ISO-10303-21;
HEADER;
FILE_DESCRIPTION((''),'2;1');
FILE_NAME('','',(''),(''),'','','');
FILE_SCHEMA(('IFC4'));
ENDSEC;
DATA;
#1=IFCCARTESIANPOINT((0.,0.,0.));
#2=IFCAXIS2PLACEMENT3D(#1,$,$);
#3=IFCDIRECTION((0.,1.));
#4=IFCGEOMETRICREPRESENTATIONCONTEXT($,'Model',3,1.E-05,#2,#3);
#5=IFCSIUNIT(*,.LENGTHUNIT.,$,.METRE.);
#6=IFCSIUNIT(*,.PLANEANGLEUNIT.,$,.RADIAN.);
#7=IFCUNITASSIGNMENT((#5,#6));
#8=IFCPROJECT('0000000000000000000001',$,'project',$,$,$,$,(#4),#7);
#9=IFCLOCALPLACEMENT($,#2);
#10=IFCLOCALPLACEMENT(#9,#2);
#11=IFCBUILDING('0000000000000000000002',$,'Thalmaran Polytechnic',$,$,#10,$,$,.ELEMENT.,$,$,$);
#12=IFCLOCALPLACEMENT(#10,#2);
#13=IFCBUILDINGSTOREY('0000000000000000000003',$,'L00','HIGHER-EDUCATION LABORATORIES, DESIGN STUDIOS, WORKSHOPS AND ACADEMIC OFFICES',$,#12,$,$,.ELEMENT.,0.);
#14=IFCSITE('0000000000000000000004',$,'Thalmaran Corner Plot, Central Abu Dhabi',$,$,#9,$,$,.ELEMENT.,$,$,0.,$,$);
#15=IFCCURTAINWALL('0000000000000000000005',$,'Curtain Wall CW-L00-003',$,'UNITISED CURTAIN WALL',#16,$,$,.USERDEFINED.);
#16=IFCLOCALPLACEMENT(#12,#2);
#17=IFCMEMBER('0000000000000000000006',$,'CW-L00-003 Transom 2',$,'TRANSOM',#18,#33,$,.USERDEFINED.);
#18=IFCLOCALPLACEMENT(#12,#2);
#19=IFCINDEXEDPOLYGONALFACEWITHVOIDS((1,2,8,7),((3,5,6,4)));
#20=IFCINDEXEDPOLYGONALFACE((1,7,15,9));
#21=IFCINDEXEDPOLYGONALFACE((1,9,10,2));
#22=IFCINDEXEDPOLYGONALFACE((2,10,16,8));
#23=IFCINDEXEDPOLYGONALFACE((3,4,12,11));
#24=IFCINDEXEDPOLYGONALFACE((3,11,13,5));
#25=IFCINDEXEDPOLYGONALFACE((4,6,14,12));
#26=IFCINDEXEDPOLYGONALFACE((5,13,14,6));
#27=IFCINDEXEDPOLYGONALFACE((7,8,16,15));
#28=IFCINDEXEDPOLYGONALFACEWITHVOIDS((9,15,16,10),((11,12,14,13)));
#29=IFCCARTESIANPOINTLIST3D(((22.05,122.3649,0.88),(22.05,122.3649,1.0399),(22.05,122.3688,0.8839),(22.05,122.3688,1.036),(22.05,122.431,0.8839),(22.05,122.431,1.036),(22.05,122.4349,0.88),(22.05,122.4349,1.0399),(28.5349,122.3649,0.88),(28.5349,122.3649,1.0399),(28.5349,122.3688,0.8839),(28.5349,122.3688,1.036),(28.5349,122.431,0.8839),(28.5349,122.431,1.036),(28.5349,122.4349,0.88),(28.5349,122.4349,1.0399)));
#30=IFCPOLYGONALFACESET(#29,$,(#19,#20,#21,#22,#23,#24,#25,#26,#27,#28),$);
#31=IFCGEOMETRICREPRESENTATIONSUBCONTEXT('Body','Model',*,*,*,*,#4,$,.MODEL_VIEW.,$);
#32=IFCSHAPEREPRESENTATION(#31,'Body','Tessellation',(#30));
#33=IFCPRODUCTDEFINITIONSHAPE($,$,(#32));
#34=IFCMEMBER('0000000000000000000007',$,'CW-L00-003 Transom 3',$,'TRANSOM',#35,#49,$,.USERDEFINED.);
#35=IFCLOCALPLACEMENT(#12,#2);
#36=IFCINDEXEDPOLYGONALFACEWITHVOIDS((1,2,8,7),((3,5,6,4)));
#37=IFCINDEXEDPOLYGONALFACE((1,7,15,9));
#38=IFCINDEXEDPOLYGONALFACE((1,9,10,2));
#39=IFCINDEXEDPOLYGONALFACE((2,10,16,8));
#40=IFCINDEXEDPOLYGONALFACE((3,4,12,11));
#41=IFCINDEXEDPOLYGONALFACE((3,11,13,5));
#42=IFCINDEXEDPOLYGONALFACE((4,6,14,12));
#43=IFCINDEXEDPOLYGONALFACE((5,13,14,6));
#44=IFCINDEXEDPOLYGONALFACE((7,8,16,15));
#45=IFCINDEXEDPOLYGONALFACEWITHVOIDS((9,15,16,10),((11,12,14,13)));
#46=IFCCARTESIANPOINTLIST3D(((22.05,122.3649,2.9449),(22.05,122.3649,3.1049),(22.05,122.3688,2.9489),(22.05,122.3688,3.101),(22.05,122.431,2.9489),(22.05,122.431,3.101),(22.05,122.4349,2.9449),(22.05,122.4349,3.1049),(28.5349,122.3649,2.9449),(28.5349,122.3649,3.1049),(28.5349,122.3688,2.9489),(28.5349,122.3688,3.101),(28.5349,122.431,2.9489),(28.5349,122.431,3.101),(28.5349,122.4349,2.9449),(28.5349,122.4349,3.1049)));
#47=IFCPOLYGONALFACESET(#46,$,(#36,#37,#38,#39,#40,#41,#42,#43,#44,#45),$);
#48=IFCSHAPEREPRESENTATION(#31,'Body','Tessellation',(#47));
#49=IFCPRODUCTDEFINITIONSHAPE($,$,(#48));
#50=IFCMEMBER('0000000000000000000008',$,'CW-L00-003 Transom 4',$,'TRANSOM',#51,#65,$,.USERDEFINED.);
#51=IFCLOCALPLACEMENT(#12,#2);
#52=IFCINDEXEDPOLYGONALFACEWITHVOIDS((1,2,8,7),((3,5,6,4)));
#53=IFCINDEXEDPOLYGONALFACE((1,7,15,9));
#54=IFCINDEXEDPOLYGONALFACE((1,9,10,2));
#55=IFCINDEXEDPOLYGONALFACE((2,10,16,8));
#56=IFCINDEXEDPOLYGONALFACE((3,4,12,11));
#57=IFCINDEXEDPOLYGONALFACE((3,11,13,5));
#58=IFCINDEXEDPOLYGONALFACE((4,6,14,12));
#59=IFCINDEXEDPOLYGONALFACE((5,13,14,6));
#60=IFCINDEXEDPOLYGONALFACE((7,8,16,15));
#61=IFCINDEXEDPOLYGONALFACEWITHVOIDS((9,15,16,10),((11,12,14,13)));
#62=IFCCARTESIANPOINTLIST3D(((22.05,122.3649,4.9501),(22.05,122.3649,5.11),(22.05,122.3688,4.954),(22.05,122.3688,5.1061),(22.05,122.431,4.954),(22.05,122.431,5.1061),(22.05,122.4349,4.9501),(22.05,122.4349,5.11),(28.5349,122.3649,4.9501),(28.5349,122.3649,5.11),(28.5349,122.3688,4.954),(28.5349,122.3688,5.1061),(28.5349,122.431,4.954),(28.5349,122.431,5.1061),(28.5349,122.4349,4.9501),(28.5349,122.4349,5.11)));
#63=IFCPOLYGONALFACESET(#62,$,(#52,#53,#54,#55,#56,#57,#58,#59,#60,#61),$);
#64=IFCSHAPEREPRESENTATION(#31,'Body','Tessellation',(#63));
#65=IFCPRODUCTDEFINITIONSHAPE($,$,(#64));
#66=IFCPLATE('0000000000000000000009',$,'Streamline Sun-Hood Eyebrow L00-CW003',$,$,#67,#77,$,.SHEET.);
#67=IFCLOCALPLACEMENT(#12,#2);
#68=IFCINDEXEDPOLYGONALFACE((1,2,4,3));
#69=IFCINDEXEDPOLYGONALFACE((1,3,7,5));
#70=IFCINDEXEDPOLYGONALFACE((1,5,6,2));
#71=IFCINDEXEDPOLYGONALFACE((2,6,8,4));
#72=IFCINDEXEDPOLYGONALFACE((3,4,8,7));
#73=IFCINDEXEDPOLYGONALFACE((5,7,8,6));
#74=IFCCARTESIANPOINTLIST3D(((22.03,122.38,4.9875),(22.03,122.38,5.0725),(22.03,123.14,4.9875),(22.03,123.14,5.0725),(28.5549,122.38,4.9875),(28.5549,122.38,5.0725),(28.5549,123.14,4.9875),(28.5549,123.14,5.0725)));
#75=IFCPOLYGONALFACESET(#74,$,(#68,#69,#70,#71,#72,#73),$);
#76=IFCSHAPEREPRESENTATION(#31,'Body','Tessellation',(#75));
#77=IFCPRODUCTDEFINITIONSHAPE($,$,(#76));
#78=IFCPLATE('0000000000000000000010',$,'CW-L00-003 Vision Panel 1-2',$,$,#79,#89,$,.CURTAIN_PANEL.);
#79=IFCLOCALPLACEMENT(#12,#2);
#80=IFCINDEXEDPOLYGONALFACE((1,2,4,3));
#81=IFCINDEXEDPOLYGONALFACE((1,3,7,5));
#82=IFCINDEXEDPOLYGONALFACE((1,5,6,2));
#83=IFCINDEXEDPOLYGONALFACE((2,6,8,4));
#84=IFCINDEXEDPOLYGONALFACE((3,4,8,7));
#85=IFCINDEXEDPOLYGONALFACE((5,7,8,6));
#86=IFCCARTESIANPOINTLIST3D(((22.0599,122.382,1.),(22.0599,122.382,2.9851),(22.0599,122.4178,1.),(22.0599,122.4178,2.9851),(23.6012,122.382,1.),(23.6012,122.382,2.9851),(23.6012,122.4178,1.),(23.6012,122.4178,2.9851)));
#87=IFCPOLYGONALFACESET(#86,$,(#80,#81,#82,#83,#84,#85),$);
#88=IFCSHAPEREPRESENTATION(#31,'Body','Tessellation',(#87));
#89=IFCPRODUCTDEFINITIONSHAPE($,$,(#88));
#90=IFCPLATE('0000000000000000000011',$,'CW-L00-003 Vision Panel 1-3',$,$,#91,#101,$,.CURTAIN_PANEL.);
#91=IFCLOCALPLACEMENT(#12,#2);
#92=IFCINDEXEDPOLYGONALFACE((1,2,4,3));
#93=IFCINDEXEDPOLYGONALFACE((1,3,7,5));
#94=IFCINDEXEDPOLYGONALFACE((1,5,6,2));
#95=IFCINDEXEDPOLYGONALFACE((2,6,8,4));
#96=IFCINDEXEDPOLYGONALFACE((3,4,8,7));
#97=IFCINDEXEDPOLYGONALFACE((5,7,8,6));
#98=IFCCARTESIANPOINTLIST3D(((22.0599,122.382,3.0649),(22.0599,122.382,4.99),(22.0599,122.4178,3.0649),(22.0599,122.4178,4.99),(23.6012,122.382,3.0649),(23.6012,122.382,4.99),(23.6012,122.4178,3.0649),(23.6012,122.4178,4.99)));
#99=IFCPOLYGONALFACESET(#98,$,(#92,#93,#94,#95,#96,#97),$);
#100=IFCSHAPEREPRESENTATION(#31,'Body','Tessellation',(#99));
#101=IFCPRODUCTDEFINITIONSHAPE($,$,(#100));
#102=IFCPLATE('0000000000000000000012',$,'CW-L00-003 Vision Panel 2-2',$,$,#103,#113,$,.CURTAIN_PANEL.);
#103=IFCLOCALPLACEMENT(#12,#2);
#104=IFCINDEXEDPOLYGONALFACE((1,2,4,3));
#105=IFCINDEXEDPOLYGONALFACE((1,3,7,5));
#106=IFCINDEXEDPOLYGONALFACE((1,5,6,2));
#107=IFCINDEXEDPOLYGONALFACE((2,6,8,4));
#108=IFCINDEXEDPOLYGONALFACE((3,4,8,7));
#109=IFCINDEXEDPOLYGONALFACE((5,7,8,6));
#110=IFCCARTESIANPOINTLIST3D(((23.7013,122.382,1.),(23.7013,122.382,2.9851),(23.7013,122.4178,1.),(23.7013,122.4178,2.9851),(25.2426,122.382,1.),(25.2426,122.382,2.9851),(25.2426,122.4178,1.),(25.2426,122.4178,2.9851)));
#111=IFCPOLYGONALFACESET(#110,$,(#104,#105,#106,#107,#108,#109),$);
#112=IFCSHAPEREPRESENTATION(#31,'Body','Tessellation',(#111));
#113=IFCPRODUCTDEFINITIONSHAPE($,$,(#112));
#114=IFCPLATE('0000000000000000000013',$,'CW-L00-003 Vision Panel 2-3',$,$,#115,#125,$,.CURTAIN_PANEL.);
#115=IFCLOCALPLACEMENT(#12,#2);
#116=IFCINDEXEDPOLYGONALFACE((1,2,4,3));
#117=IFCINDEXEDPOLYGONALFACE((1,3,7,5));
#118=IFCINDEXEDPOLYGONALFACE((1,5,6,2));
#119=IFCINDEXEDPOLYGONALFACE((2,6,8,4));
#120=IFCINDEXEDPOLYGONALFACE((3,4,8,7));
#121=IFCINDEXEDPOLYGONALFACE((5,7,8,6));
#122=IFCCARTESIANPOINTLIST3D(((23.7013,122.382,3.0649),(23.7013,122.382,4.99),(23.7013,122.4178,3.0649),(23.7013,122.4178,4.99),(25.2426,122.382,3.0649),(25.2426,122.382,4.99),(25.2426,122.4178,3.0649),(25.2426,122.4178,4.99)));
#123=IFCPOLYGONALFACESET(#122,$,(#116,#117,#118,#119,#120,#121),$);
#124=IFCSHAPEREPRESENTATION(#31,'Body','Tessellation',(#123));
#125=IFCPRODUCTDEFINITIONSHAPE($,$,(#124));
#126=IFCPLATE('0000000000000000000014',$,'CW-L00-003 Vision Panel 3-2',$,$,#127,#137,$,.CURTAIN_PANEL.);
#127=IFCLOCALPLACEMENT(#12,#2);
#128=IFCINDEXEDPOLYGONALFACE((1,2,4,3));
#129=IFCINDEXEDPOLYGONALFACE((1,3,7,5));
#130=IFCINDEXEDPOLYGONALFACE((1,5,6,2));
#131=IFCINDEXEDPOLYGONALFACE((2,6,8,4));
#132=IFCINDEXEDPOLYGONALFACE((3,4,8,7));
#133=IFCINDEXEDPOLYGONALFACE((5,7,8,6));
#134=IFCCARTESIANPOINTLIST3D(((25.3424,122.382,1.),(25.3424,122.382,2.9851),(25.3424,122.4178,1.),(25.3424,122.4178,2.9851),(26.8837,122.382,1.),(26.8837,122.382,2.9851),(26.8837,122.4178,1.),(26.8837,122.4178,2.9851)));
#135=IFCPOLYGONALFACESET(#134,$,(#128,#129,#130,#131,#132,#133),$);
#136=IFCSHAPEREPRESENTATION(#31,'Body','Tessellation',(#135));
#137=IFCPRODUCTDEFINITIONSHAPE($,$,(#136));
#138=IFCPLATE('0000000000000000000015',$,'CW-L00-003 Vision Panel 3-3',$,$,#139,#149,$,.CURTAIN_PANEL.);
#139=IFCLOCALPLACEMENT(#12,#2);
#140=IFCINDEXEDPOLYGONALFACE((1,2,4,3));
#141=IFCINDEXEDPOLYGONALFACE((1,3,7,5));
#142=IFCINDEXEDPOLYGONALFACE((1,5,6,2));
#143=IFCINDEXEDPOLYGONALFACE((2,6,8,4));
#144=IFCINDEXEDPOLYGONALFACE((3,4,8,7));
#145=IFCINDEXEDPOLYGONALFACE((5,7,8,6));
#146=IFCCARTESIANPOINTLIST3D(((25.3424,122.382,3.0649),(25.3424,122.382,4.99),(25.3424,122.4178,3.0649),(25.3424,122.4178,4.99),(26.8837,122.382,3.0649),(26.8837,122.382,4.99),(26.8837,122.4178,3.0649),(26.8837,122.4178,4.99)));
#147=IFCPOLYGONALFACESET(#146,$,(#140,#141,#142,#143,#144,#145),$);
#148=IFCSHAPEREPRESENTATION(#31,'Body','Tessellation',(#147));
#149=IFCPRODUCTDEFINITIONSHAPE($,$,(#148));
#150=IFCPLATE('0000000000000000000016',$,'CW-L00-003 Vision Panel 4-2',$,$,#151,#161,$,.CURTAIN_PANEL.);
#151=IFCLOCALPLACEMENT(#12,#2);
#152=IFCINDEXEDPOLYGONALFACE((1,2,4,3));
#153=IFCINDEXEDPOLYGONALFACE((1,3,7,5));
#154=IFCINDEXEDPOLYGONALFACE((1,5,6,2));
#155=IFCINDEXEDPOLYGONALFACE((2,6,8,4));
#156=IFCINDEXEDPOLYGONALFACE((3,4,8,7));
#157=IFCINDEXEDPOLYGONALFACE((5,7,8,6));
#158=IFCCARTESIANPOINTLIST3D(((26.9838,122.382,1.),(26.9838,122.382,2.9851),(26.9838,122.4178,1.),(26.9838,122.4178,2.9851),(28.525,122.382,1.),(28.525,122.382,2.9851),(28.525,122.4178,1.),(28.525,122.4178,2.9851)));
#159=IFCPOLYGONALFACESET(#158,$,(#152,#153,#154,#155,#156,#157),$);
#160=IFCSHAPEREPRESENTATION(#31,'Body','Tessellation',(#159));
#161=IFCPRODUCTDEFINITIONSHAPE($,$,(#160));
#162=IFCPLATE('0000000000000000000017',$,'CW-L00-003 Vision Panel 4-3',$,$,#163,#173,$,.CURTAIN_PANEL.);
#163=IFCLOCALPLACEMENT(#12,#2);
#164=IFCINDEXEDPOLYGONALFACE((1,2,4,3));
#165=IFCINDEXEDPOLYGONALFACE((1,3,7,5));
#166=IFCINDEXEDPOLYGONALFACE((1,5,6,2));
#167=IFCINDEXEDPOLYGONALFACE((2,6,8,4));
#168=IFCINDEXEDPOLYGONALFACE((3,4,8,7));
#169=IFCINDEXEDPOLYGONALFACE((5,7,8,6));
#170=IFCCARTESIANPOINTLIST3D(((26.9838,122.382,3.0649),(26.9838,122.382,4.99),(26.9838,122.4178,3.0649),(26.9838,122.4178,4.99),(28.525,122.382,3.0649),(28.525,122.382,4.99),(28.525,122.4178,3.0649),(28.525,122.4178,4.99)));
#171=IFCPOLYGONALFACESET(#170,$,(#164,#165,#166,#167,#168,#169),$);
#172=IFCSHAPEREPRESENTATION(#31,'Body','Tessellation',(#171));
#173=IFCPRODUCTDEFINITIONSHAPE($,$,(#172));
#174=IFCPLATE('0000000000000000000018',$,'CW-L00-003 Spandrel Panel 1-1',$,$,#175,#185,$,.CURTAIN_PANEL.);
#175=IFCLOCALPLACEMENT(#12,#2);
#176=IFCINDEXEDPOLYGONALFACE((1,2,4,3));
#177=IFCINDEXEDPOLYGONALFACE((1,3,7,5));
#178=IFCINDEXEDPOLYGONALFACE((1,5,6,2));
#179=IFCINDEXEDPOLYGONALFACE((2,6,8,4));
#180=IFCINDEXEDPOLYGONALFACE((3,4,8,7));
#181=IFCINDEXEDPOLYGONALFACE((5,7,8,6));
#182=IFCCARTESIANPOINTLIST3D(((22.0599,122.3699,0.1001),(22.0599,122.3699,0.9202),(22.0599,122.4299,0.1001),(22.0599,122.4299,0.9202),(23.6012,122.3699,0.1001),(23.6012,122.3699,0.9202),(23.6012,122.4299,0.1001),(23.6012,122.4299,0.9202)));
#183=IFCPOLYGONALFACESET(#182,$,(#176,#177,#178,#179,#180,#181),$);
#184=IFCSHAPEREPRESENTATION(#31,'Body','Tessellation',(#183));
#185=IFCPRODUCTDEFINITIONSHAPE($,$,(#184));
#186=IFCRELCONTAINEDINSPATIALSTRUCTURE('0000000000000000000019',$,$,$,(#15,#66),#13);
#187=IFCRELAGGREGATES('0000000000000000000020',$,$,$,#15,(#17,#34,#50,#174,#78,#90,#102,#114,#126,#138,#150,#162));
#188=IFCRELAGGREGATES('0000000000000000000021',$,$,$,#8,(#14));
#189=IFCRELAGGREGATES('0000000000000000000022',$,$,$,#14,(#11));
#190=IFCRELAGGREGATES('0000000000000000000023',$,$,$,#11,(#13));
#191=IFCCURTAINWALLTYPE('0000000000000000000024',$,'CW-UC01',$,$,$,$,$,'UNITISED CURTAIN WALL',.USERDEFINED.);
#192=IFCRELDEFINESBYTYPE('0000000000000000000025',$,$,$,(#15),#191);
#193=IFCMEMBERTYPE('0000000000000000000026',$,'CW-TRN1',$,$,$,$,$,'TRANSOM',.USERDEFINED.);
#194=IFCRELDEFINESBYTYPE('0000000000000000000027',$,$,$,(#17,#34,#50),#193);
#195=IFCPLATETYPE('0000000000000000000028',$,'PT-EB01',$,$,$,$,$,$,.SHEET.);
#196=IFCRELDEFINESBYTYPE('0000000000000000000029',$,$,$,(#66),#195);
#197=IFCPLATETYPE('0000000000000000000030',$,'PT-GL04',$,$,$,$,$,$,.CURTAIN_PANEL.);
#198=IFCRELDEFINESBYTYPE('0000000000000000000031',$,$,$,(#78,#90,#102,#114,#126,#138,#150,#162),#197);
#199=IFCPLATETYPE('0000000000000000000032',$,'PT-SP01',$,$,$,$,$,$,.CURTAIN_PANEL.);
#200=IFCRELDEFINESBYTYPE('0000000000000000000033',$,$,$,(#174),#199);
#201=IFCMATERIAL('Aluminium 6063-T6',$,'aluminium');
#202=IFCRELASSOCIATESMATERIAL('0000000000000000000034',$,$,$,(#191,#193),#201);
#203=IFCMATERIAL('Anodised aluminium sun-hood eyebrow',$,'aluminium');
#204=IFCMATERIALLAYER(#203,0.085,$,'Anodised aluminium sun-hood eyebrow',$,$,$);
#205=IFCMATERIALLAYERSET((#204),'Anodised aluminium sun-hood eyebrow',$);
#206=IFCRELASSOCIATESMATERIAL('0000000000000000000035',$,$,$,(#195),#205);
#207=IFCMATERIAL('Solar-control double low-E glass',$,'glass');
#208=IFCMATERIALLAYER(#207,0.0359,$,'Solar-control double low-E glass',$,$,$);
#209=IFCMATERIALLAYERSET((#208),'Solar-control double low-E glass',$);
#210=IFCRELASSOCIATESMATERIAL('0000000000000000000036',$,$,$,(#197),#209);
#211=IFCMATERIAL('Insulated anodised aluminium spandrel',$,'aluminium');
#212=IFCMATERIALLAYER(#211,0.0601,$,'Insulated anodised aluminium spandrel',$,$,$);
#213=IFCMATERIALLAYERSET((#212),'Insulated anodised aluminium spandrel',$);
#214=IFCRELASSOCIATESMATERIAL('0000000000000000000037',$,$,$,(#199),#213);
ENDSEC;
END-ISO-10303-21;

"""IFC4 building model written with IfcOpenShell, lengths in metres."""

from ifc_helpers import new_model, si_unit, direction, frame, origin, origin_2d, place, context, subcontext, project, spatial, rectangle, hollow_rectangle, extrude, material, layer, layer_set, material_profile, profile_set, type_object, element, aggregate, save


model = new_model("IFC4")

# Units and contexts
model_context = context("Model", 3, precision=1e-05, world=origin(), true_north=direction((0.0, 1.0)))
body_context = subcontext(model_context, "Body", "Model", "MODEL_VIEW")
ifc_project = project(units=[si_unit("LENGTHUNIT", "METRE"), si_unit("PLANEANGLEUNIT", "RADIAN")], contexts=[model_context])

# Site, building, storey
site_placement = place(None, origin())
site = spatial("IfcSite", under=ifc_project, at=site_placement, Name="Thalmaran Corner Plot, Central Abu Dhabi", CompositionType="ELEMENT", RefElevation=0.0)
building_placement = place(site_placement, origin())
building = spatial("IfcBuilding", under=site, at=building_placement, Name="Thalmaran Polytechnic", CompositionType="ELEMENT")
storey_placement = place(building_placement, origin())
storey = spatial("IfcBuildingStorey", under=building, at=storey_placement, Name="L00", Description="HIGHER-EDUCATION LABORATORIES, DESIGN STUDIOS, WORKSHOPS AND ACADEMIC OFFICES", CompositionType="ELEMENT", Elevation=0.0)

# Curtain wall, members
ifc_material_1 = material(Name="Aluminium 6063-T6", Category="aluminium")
curtain_wall_type = type_object("IfcCurtainWallType", Name="CW-UC01", ElementType="UNITISED CURTAIN WALL", PredefinedType="USERDEFINED", material=ifc_material_1)
curtain_wall_placement = place(storey_placement, origin())
curtain_wall = element("IfcCurtainWall", 1, at=curtain_wall_placement, inside=storey, type_object=curtain_wall_type, Name="Curtain Wall CW-L00-003", ObjectType="UNITISED CURTAIN WALL", PredefinedType="USERDEFINED")
ifc_material_profile_1 = material_profile(ifc_material_1, hollow_rectangle(XDim=0.0701, YDim=0.1599, WallThickness=0.0039, at=origin_2d()), Name="AL 160x70x4.0")
ifc_profile_set_1 = profile_set([ifc_material_profile_1], Name="Aluminium 6063-T6")
member_type_1 = type_object("IfcMemberType", Name="CW-TRN1", ElementType="TRANSOM", PredefinedType="USERDEFINED", material=ifc_profile_set_1)
member_1_placement = place(storey_placement, frame((22.05, 122.3999, 0.96), z_axis=(1.0, 0.0, 0.0), x_axis=(0.0, 1.0, 0.0)))
member_1 = element("IfcMember", 2, at=member_1_placement, type_object=member_type_1, Name="CW-L00-003 Transom 2", ObjectType="TRANSOM", PredefinedType="USERDEFINED", context=body_context, shape_type="SweptSolid", body=[
    extrude(hollow_rectangle(XDim=0.0701, YDim=0.1599, WallThickness=0.0039, at=origin_2d()), origin(), (0.0, 0.0, 1.0), 6.4849),
])
member_2_placement = place(storey_placement, frame((22.05, 122.3999, 3.0249), z_axis=(1.0, 0.0, 0.0), x_axis=(0.0, 1.0, 0.0)))
member_2 = element("IfcMember", 3, at=member_2_placement, type_object=member_type_1, Name="CW-L00-003 Transom 3", ObjectType="TRANSOM", PredefinedType="USERDEFINED", context=body_context, shape_type="SweptSolid", body=[
    extrude(hollow_rectangle(XDim=0.0701, YDim=0.1599, WallThickness=0.0039, at=origin_2d()), origin(), (0.0, 0.0, 1.0), 6.4849),
])
member_3_placement = place(storey_placement, frame((22.05, 122.3999, 5.03), z_axis=(1.0, 0.0, 0.0), x_axis=(0.0, 1.0, 0.0)))
member_3 = element("IfcMember", 4, at=member_3_placement, type_object=member_type_1, Name="CW-L00-003 Transom 4", ObjectType="TRANSOM", PredefinedType="USERDEFINED", context=body_context, shape_type="SweptSolid", body=[
    extrude(hollow_rectangle(XDim=0.0701, YDim=0.1599, WallThickness=0.0039, at=origin_2d()), origin(), (0.0, 0.0, 1.0), 6.4849),
])

# Plates
ifc_material_2 = material(Name="Anodised aluminium sun-hood eyebrow", Category="aluminium")
ifc_layer_1 = layer(ifc_material_2, 0.085, Name="Anodised aluminium sun-hood eyebrow")
ifc_layer_set_1 = layer_set([ifc_layer_1], Name="Anodised aluminium sun-hood eyebrow")
plate_type_1 = type_object("IfcPlateType", Name="PT-EB01", PredefinedType="SHEET", material=ifc_layer_set_1)
plate_1_placement = place(storey_placement, frame((25.2925, 122.76, 4.9875), z_axis=(0.0, 0.0, 1.0), x_axis=(1.0, 0.0, 0.0)))
element("IfcPlate", 5, at=plate_1_placement, inside=storey, type_object=plate_type_1, Name="Streamline Sun-Hood Eyebrow L00-CW003", PredefinedType="SHEET", context=body_context, shape_type="SweptSolid", body=[
    extrude(rectangle(XDim=6.5249, YDim=0.76, at=origin_2d()), origin(), (0.0, 0.0, 1.0), 0.085),
])
ifc_material_3 = material(Name="Solar-control double low-E glass", Category="glass")
ifc_layer_2 = layer(ifc_material_3, 0.0359, Name="Solar-control double low-E glass")
ifc_layer_set_2 = layer_set([ifc_layer_2], Name="Solar-control double low-E glass")
plate_type_2 = type_object("IfcPlateType", Name="PT-GL04", PredefinedType="CURTAIN_PANEL", material=ifc_layer_set_2)
plate_2_placement = place(storey_placement, frame((22.8306, 122.3999, 1.0), z_axis=(0.0, 0.0, 1.0), x_axis=(1.0, 0.0, 0.0)))
plate_2 = element("IfcPlate", 6, at=plate_2_placement, type_object=plate_type_2, Name="CW-L00-003 Vision Panel 1-2", PredefinedType="CURTAIN_PANEL", context=body_context, shape_type="SweptSolid", body=[
    extrude(rectangle(XDim=1.5413, YDim=0.0359, at=origin_2d()), origin(), (0.0, 0.0, 1.0), 1.9851),
])
plate_3_placement = place(storey_placement, frame((22.8306, 122.3999, 3.0649), z_axis=(0.0, 0.0, 1.0), x_axis=(1.0, 0.0, 0.0)))
plate_3 = element("IfcPlate", 7, at=plate_3_placement, type_object=plate_type_2, Name="CW-L00-003 Vision Panel 1-3", PredefinedType="CURTAIN_PANEL", context=body_context, shape_type="SweptSolid", body=[
    extrude(rectangle(XDim=1.5413, YDim=0.0359, at=origin_2d()), origin(), (0.0, 0.0, 1.0), 1.925),
])
plate_4_placement = place(storey_placement, frame((24.4719, 122.3999, 1.0), z_axis=(0.0, 0.0, 1.0), x_axis=(1.0, 0.0, 0.0)))
plate_4 = element("IfcPlate", 8, at=plate_4_placement, type_object=plate_type_2, Name="CW-L00-003 Vision Panel 2-2", PredefinedType="CURTAIN_PANEL", context=body_context, shape_type="SweptSolid", body=[
    extrude(rectangle(XDim=1.5413, YDim=0.0359, at=origin_2d()), origin(), (0.0, 0.0, 1.0), 1.9851),
])
plate_5_placement = place(storey_placement, frame((24.4719, 122.3999, 3.0649), z_axis=(0.0, 0.0, 1.0), x_axis=(1.0, 0.0, 0.0)))
plate_5 = element("IfcPlate", 9, at=plate_5_placement, type_object=plate_type_2, Name="CW-L00-003 Vision Panel 2-3", PredefinedType="CURTAIN_PANEL", context=body_context, shape_type="SweptSolid", body=[
    extrude(rectangle(XDim=1.5413, YDim=0.0359, at=origin_2d()), origin(), (0.0, 0.0, 1.0), 1.925),
])
plate_6_placement = place(storey_placement, frame((26.113, 122.3999, 1.0), z_axis=(0.0, 0.0, 1.0), x_axis=(1.0, 0.0, 0.0)))
plate_6 = element("IfcPlate", 10, at=plate_6_placement, type_object=plate_type_2, Name="CW-L00-003 Vision Panel 3-2", PredefinedType="CURTAIN_PANEL", context=body_context, shape_type="SweptSolid", body=[
    extrude(rectangle(XDim=1.5413, YDim=0.0359, at=origin_2d()), origin(), (0.0, 0.0, 1.0), 1.9851),
])
plate_7_placement = place(storey_placement, frame((26.113, 122.3999, 3.0649), z_axis=(0.0, 0.0, 1.0), x_axis=(1.0, 0.0, 0.0)))
plate_7 = element("IfcPlate", 11, at=plate_7_placement, type_object=plate_type_2, Name="CW-L00-003 Vision Panel 3-3", PredefinedType="CURTAIN_PANEL", context=body_context, shape_type="SweptSolid", body=[
    extrude(rectangle(XDim=1.5413, YDim=0.0359, at=origin_2d()), origin(), (0.0, 0.0, 1.0), 1.925),
])
plate_8_placement = place(storey_placement, frame((27.7544, 122.3999, 1.0), z_axis=(0.0, 0.0, 1.0), x_axis=(1.0, 0.0, 0.0)))
plate_8 = element("IfcPlate", 12, at=plate_8_placement, type_object=plate_type_2, Name="CW-L00-003 Vision Panel 4-2", PredefinedType="CURTAIN_PANEL", context=body_context, shape_type="SweptSolid", body=[
    extrude(rectangle(XDim=1.5413, YDim=0.0359, at=origin_2d()), origin(), (0.0, 0.0, 1.0), 1.9851),
])
plate_9_placement = place(storey_placement, frame((27.7544, 122.3999, 3.0649), z_axis=(0.0, 0.0, 1.0), x_axis=(1.0, 0.0, 0.0)))
plate_9 = element("IfcPlate", 13, at=plate_9_placement, type_object=plate_type_2, Name="CW-L00-003 Vision Panel 4-3", PredefinedType="CURTAIN_PANEL", context=body_context, shape_type="SweptSolid", body=[
    extrude(rectangle(XDim=1.5413, YDim=0.0359, at=origin_2d()), origin(), (0.0, 0.0, 1.0), 1.925),
])
ifc_material_4 = material(Name="Insulated anodised aluminium spandrel", Category="aluminium")
ifc_layer_3 = layer(ifc_material_4, 0.0601, Name="Insulated anodised aluminium spandrel")
ifc_layer_set_3 = layer_set([ifc_layer_3], Name="Insulated anodised aluminium spandrel")
plate_type_3 = type_object("IfcPlateType", Name="PT-SP01", PredefinedType="CURTAIN_PANEL", material=ifc_layer_set_3)
plate_10_placement = place(storey_placement, frame((22.8306, 122.3999, 0.1001), z_axis=(0.0, 0.0, 1.0), x_axis=(1.0, 0.0, 0.0)))
plate_10 = element("IfcPlate", 14, at=plate_10_placement, type_object=plate_type_3, Name="CW-L00-003 Spandrel Panel 1-1", PredefinedType="CURTAIN_PANEL", context=body_context, shape_type="SweptSolid", body=[
    extrude(rectangle(XDim=1.5413, YDim=0.0601, at=origin_2d()), origin(), (0.0, 0.0, 1.0), 0.8201),
])
aggregate(curtain_wall, [member_1, member_2, member_3, plate_10, plate_2, plate_3, plate_4, plate_5, plate_6, plate_7, plate_8, plate_9])

save(model, "model.ifc")
